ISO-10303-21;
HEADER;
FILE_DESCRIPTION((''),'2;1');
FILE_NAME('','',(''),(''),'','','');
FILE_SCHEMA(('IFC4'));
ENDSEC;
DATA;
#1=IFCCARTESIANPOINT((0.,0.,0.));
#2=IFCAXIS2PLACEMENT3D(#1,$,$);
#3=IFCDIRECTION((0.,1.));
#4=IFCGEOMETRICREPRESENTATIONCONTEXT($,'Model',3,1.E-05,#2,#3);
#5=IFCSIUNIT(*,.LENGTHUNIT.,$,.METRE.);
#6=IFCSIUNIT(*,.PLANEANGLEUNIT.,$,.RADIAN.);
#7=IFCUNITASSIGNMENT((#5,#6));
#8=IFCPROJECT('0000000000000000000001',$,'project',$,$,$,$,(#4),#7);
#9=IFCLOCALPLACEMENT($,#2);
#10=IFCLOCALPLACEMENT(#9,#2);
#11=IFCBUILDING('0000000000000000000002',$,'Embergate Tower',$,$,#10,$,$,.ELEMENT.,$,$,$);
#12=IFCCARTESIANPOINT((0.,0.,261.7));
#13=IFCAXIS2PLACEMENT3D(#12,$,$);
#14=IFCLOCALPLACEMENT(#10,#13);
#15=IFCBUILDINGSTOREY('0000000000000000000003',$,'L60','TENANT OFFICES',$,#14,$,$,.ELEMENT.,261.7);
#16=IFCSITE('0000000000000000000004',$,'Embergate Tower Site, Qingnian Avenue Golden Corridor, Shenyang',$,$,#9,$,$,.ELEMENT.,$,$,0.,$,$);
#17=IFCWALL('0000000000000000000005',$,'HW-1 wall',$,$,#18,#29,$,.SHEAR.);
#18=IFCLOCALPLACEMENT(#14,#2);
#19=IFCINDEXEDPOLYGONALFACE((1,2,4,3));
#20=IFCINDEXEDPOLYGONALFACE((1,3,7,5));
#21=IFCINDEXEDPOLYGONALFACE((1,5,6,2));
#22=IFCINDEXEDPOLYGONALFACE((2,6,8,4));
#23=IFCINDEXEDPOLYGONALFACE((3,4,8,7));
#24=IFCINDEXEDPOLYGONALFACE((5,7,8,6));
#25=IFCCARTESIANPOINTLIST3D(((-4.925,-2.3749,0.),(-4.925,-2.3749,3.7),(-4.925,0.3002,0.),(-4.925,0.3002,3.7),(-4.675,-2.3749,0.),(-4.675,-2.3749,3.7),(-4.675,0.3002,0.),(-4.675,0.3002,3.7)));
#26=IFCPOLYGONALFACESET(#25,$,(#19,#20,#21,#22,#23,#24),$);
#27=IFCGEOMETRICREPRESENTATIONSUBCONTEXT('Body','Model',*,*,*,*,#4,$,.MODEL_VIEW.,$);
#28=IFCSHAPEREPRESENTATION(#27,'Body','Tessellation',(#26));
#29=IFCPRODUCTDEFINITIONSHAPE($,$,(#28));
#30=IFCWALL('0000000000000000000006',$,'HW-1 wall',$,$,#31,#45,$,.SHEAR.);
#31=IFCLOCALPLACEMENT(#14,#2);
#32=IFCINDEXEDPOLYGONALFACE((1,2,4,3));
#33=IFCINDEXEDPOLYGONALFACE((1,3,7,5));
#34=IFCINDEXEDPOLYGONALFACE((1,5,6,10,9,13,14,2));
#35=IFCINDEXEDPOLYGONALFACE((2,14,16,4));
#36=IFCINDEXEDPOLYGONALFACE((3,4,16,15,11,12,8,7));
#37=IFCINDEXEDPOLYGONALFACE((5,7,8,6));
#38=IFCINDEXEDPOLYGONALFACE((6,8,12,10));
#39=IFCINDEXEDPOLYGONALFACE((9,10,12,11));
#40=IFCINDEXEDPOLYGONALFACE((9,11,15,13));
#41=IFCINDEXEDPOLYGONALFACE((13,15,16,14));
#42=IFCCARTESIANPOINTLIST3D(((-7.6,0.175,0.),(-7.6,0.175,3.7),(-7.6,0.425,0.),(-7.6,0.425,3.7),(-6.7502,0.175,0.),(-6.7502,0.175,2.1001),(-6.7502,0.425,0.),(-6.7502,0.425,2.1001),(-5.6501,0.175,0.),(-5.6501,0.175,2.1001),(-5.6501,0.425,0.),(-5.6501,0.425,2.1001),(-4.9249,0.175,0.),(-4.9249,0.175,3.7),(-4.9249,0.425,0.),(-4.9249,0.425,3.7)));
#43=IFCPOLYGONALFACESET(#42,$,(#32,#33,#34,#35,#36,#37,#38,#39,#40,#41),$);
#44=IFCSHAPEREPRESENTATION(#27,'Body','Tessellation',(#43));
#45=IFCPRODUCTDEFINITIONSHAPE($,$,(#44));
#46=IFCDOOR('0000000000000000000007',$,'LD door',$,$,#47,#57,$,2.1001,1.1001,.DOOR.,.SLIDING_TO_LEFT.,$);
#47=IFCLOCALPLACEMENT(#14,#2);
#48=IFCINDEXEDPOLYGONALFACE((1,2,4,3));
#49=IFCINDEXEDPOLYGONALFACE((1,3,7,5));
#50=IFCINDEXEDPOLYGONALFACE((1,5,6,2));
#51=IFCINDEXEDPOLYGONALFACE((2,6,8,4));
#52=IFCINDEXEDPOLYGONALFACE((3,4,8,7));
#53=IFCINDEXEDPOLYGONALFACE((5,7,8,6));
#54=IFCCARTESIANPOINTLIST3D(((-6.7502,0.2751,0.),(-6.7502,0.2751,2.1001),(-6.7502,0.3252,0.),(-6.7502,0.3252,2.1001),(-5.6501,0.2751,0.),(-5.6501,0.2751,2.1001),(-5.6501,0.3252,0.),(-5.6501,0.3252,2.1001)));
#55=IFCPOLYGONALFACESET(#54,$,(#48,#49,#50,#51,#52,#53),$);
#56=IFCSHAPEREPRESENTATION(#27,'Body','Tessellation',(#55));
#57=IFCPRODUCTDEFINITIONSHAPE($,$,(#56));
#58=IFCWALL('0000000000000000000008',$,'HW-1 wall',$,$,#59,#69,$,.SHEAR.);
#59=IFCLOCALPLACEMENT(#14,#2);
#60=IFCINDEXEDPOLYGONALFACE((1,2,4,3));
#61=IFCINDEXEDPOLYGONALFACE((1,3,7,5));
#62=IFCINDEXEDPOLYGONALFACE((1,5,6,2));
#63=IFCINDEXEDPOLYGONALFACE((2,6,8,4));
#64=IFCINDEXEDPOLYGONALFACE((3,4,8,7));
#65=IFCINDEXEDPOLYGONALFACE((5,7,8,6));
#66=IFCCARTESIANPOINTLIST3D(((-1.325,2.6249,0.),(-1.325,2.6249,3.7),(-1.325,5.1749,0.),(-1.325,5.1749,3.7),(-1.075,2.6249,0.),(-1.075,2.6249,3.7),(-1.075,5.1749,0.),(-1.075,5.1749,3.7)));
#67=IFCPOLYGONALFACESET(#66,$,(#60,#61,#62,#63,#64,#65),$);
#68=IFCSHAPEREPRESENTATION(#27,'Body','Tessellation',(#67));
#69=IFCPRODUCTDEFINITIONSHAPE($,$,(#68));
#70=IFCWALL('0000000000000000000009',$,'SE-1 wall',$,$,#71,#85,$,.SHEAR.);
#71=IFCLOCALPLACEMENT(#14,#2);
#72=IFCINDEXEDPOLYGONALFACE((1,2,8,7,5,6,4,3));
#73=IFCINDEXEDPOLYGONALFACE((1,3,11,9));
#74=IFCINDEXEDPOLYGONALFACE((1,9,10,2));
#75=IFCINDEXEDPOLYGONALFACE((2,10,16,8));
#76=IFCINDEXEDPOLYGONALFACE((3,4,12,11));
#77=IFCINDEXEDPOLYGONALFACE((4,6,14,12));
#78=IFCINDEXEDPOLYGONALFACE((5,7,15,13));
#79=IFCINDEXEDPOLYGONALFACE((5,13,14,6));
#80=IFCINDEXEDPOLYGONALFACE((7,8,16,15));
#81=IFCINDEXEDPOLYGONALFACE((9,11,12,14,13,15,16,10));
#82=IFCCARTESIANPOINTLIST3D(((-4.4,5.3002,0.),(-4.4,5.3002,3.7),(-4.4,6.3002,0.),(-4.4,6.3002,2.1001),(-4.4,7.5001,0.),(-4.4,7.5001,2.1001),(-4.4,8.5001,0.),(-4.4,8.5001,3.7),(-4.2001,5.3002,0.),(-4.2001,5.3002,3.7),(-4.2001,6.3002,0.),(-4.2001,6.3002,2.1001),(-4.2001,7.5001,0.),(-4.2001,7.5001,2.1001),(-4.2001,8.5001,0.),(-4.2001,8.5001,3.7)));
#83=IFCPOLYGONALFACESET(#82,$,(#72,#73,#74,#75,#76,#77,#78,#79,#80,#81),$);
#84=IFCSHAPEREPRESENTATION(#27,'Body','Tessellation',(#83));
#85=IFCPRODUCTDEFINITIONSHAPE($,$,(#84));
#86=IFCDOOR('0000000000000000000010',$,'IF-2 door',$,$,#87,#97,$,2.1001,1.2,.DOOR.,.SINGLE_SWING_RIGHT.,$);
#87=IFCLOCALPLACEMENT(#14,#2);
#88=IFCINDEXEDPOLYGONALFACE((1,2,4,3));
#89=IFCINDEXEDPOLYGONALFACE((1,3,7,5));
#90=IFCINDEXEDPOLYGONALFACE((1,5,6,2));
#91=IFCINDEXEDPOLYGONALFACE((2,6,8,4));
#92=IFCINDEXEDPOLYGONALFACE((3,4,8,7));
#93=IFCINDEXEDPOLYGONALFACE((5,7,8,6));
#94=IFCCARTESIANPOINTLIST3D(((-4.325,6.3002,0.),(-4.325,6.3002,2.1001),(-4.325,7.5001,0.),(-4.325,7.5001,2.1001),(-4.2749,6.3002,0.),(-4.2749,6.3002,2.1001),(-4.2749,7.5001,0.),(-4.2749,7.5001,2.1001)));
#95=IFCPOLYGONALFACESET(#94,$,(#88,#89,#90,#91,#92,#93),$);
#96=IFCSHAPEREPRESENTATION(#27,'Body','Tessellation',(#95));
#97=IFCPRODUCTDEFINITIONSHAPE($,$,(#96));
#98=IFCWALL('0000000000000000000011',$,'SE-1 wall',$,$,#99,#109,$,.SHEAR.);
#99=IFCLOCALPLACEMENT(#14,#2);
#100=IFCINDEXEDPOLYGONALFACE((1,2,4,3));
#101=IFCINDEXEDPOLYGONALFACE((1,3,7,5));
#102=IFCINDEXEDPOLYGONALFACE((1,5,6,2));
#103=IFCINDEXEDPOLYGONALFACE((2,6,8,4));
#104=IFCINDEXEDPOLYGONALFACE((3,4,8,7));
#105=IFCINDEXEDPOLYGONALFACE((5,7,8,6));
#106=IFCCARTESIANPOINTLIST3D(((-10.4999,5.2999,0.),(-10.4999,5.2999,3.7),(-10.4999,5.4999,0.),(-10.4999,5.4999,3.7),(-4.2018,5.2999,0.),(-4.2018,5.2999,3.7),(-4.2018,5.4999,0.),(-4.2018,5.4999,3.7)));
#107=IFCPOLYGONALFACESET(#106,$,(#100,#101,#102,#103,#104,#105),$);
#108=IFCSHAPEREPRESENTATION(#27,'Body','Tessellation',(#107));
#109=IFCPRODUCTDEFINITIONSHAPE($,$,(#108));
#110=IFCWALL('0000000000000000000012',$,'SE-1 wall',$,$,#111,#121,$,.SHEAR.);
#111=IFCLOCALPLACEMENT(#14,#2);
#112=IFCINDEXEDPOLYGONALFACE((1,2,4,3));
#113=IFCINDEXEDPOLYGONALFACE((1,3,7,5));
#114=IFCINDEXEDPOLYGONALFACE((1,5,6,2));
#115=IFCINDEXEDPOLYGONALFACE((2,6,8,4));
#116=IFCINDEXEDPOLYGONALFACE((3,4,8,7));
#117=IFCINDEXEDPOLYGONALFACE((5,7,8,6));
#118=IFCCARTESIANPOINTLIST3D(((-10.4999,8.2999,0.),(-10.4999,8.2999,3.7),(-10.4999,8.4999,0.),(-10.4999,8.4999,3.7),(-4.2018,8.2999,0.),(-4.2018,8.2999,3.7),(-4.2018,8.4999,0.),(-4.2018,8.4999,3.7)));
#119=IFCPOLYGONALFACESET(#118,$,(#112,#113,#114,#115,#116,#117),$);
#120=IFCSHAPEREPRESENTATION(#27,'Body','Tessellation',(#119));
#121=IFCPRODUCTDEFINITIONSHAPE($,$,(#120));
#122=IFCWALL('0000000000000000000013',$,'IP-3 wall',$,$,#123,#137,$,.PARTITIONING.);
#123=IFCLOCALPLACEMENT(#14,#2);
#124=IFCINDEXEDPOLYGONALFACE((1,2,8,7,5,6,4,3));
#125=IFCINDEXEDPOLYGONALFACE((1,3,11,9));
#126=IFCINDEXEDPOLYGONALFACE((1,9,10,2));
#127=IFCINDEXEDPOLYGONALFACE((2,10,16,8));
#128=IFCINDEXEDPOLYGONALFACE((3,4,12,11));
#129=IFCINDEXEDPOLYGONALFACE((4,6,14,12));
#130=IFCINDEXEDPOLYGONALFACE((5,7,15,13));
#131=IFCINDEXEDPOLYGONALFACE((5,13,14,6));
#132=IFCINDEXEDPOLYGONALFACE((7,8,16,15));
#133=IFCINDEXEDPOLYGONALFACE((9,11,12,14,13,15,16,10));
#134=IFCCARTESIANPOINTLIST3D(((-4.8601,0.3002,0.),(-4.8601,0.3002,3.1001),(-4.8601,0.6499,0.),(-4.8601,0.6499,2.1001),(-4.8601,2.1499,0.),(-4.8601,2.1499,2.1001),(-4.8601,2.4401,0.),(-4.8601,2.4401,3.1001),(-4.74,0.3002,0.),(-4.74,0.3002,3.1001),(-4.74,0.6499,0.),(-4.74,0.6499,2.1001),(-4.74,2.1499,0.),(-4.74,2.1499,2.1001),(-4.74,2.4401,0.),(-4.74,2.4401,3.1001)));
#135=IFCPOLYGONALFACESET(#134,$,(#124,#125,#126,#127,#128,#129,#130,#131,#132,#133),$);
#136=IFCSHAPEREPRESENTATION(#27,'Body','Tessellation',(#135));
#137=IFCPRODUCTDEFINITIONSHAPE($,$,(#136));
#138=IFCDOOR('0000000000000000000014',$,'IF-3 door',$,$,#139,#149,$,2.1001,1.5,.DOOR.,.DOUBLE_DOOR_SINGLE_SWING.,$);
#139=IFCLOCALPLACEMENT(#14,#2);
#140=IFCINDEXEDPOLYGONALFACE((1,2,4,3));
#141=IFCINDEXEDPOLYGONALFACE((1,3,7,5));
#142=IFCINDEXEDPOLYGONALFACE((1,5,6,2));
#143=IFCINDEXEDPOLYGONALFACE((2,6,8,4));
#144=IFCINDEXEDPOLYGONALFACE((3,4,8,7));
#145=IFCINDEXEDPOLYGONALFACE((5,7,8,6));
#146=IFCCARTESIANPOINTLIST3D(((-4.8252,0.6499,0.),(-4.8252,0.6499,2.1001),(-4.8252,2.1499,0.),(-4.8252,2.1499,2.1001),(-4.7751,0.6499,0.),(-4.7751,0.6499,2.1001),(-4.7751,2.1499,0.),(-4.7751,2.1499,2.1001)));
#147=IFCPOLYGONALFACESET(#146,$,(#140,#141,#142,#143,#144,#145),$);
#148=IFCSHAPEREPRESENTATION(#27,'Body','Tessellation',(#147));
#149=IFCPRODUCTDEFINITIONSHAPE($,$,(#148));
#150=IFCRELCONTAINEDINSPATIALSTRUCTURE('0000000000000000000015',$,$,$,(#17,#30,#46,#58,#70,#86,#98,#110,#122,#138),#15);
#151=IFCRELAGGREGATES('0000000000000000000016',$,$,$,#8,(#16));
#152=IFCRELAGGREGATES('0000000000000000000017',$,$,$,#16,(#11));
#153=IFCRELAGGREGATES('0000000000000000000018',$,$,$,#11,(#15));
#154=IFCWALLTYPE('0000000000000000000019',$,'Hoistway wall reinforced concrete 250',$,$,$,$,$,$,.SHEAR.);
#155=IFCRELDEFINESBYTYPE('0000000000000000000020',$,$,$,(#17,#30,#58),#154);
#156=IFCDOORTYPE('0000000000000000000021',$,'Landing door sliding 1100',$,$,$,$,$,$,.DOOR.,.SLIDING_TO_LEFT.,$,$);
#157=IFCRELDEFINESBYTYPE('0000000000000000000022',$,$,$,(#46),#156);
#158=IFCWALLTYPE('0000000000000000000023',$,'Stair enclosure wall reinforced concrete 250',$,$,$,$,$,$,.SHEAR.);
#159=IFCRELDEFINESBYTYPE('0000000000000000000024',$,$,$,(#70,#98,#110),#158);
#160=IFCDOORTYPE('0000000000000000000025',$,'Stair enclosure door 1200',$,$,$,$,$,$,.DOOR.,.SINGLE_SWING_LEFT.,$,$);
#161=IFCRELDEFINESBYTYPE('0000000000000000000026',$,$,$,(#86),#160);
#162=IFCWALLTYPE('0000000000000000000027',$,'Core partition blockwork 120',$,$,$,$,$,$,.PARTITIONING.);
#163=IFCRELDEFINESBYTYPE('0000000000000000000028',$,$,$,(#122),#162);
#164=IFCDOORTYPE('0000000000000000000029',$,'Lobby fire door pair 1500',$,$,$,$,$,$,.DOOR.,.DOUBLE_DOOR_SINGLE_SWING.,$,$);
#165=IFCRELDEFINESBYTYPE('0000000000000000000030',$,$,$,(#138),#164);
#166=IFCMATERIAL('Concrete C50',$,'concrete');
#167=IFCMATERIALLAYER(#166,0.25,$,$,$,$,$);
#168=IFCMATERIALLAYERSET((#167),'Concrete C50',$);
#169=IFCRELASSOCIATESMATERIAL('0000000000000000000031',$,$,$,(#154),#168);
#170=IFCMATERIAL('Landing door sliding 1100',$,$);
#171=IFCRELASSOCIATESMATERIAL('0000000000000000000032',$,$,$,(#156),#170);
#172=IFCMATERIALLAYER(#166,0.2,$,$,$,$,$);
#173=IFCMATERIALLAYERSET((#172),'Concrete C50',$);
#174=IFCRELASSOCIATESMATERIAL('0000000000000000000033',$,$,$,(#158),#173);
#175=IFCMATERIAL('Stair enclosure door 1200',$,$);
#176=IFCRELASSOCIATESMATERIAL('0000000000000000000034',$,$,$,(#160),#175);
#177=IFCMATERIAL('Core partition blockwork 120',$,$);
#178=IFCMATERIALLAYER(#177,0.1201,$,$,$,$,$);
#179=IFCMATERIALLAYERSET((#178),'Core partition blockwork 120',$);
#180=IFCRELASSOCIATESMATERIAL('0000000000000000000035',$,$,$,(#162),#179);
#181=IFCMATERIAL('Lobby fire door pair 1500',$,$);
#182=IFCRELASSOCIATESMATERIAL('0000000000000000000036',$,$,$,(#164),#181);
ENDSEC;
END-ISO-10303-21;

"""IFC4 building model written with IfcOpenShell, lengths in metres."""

from ifc_helpers import new_model, si_unit, direction, frame, frame_2d, origin, place, context, subcontext, project, spatial, rectangle, extrude, source, transform, mapped, material, layer, layer_set, type_object, element, fill, save


model = new_model("IFC4")

# Units and contexts
model_context = context("Model", 3, precision=1e-05, world=origin(), true_north=direction((0.0, 1.0)))
body_context = subcontext(model_context, "Body", "Model", "MODEL_VIEW")
ifc_project = project(units=[si_unit("LENGTHUNIT", "METRE"), si_unit("PLANEANGLEUNIT", "RADIAN")], contexts=[model_context])

# Site, building, storey
site_placement = place(None, origin())
site = spatial("IfcSite", under=ifc_project, at=site_placement, Name="Embergate Tower Site, Qingnian Avenue Golden Corridor, Shenyang", CompositionType="ELEMENT", RefElevation=0.0)
building_placement = place(site_placement, origin())
building = spatial("IfcBuilding", under=site, at=building_placement, Name="Embergate Tower", CompositionType="ELEMENT")
storey_placement = place(building_placement, frame((0.0, 0.0, 261.7)))
storey = spatial("IfcBuildingStorey", under=building, at=storey_placement, Name="L60", Description="TENANT OFFICES", CompositionType="ELEMENT", Elevation=261.7)

# Wall
ifc_material_1 = material(Name="Concrete C50", Category="concrete")
ifc_layer_1 = layer(ifc_material_1, 0.25)
ifc_layer_set_1 = layer_set([ifc_layer_1], Name="Concrete C50")
wall_type_1 = type_object("IfcWallType", Name="Hoistway wall reinforced concrete 250", PredefinedType="SHEAR", material=ifc_layer_set_1)
shared_shape_1 = source(origin(), body_context, "Body", "SweptSolid", [
    extrude(rectangle(XDim=2.675, YDim=0.25, at=frame_2d((1.3374, 0.0))), origin(), (0.0, 0.0, 1.0), 3.7),
])
wall_1_placement = place(storey_placement, frame((-4.8, 0.3, 0.0), z_axis=(0.0, 0.0, 1.0), x_axis=(0.0, -1.0, 0.0)))
element("IfcWall", 1, at=wall_1_placement, inside=storey, type_object=wall_type_1, Name="HW-1 wall", PredefinedType="SHEAR", context=body_context, shape_type="MappedRepresentation", body=[
    mapped(shared_shape_1, transform((0.0, 0.0, 0.0))),
])

# Wall, opening, door
wall_2_placement = place(storey_placement, frame((-4.925, 0.3, 0.0), z_axis=(0.0, 0.0, 1.0), x_axis=(-1.0, 0.0, 0.0)))
wall_2 = element("IfcWall", 2, at=wall_2_placement, inside=storey, type_object=wall_type_1, Name="HW-1 wall", PredefinedType="SHEAR", context=body_context, shape_type="MappedRepresentation", body=[
    mapped(shared_shape_1, transform((0.0, 0.0, 0.0))),
])
shared_shape_2 = source(origin(), body_context, "Body", "SweptSolid", [
    extrude(rectangle(XDim=1.1001, YDim=2.1001, at=frame_2d((0.55, 1.05))), frame((0.0, 0.135, 0.0), z_axis=(0.0, -1.0, 0.0), x_axis=(1.0, 0.0, 0.0)), (0.0, 0.0, 1.0), 0.27),
])
opening_1_placement = place(wall_2_placement, frame((0.7251, 0.0, 0.0)))
opening_1 = element("IfcOpeningElement", 3, at=opening_1_placement, cuts=wall_2, PredefinedType="OPENING", context=body_context, shape_type="MappedRepresentation", body=[
    mapped(shared_shape_2, transform((0.0, 0.0, 0.0))),
])
ifc_material_2 = material(Name="Landing door sliding 1100")
door_type_1 = type_object("IfcDoorType", Name="Landing door sliding 1100", OperationType="SLIDING_TO_LEFT", PredefinedType="DOOR", material=ifc_material_2)
shared_shape_3 = source(origin(), body_context, "Body", "SweptSolid", [
    extrude(rectangle(XDim=1.1001, YDim=2.1001, at=frame_2d((0.55, 1.05))), frame((0.0, 0.0249, 0.0), z_axis=(0.0, -1.0, 0.0), x_axis=(1.0, 0.0, 0.0)), (0.0, 0.0, 1.0), 0.05),
])
door_1_placement = place(opening_1_placement, origin())
door_1 = element("IfcDoor", 4, at=door_1_placement, inside=storey, type_object=door_type_1, Name="LD door", OperationType="SLIDING_TO_LEFT", OverallHeight=2.1001, OverallWidth=1.1001, PredefinedType="DOOR", context=body_context, shape_type="MappedRepresentation", body=[
    mapped(shared_shape_3, transform((0.0, 0.0, 0.0))),
])
fill(opening_1, door_1)

# Wall
shared_shape_4 = source(origin(), body_context, "Body", "SweptSolid", [
    extrude(rectangle(XDim=2.55, YDim=0.25, at=frame_2d((1.2749, 0.0))), origin(), (0.0, 0.0, 1.0), 3.7),
])
wall_3_placement = place(storey_placement, frame((-1.2, 2.625, 0.0), z_axis=(0.0, 0.0, 1.0), x_axis=(0.0, 1.0, 0.0)))
element("IfcWall", 5, at=wall_3_placement, inside=storey, type_object=wall_type_1, Name="HW-1 wall", PredefinedType="SHEAR", context=body_context, shape_type="MappedRepresentation", body=[
    mapped(shared_shape_4, transform((0.0, 0.0, 0.0))),
])

# Wall, opening, door
ifc_layer_2 = layer(ifc_material_1, 0.2)
ifc_layer_set_2 = layer_set([ifc_layer_2], Name="Concrete C50")
wall_type_2 = type_object("IfcWallType", Name="Stair enclosure wall reinforced concrete 250", PredefinedType="SHEAR", material=ifc_layer_set_2)
shared_shape_5 = source(origin(), body_context, "Body", "SweptSolid", [
    extrude(rectangle(XDim=3.2, YDim=0.2, at=frame_2d((1.6001, 0.0))), origin(), (0.0, 0.0, 1.0), 3.7),
])
wall_4_placement = place(storey_placement, frame((-4.3, 5.3, 0.0), z_axis=(0.0, 0.0, 1.0), x_axis=(0.0, 1.0, 0.0)))
wall_4 = element("IfcWall", 6, at=wall_4_placement, inside=storey, type_object=wall_type_2, Name="SE-1 wall", PredefinedType="SHEAR", context=body_context, shape_type="MappedRepresentation", body=[
    mapped(shared_shape_5, transform((0.0, 0.0, 0.0))),
])
shared_shape_6 = source(origin(), body_context, "Body", "SweptSolid", [
    extrude(rectangle(XDim=1.2, YDim=2.1001, at=frame_2d((0.6001, 1.05))), frame((0.0, 0.1099, 0.0), z_axis=(0.0, -1.0, 0.0), x_axis=(1.0, 0.0, 0.0)), (0.0, 0.0, 1.0), 0.22),
])
opening_2_placement = place(wall_4_placement, frame((1.0, 0.0, 0.0)))
opening_2 = element("IfcOpeningElement", 7, at=opening_2_placement, cuts=wall_4, PredefinedType="OPENING", context=body_context, shape_type="MappedRepresentation", body=[
    mapped(shared_shape_6, transform((0.0, 0.0, 0.0))),
])
ifc_material_3 = material(Name="Stair enclosure door 1200")
door_type_2 = type_object("IfcDoorType", Name="Stair enclosure door 1200", OperationType="SINGLE_SWING_LEFT", PredefinedType="DOOR", material=ifc_material_3)
shared_shape_7 = source(origin(), body_context, "Body", "SweptSolid", [
    extrude(rectangle(XDim=1.2, YDim=2.1001, at=frame_2d((0.6001, 1.05))), frame((0.0, 0.0249, 0.0), z_axis=(0.0, -1.0, 0.0), x_axis=(1.0, 0.0, 0.0)), (0.0, 0.0, 1.0), 0.05),
])
door_2_placement = place(opening_2_placement, origin())
door_2 = element("IfcDoor", 8, at=door_2_placement, inside=storey, type_object=door_type_2, Name="IF-2 door", OperationType="SINGLE_SWING_RIGHT", OverallHeight=2.1001, OverallWidth=1.2, PredefinedType="DOOR", context=body_context, shape_type="MappedRepresentation", body=[
    mapped(shared_shape_7, transform((0.0, 0.0, 0.0))),
])
fill(opening_2, door_2)

# Walls
shared_shape_8 = source(origin(), body_context, "Body", "SweptSolid", [
    extrude(rectangle(XDim=6.2981, YDim=0.2, at=frame_2d((3.1489, 0.0))), origin(), (0.0, 0.0, 1.0), 3.7),
])
for number, where, z_axis, x_axis, name in (
    (9, (-4.2019, 5.3999, 0.0), (0.0, 0.0, 1.0), (-1.0, 0.0, 0.0), "SE-1 wall"),
    (10, (-4.2019, 8.3999, 0.0), (0.0, 0.0, 1.0), (-1.0, 0.0, 0.0), "SE-1 wall"),
):
    element("IfcWall", number, at=place(storey_placement, frame(where, z_axis=z_axis, x_axis=x_axis)), inside=storey, type_object=wall_type_2, Name=name, PredefinedType="SHEAR", context=body_context, shape_type="MappedRepresentation", body=[
        mapped(shared_shape_8, transform((0.0, 0.0, 0.0))),
    ])

# Wall, opening, door
ifc_material_4 = material(Name="Core partition blockwork 120")
ifc_layer_3 = layer(ifc_material_4, 0.1201)
ifc_layer_set_3 = layer_set([ifc_layer_3], Name="Core partition blockwork 120")
wall_type_3 = type_object("IfcWallType", Name="Core partition blockwork 120", PredefinedType="PARTITIONING", material=ifc_layer_set_3)
shared_shape_9 = source(origin(), body_context, "Body", "SweptSolid", [
    extrude(rectangle(XDim=2.1399, YDim=0.1201, at=frame_2d((1.0698, 0.0))), origin(), (0.0, 0.0, 1.0), 3.1001),
])
wall_5_placement = place(storey_placement, frame((-4.8, 2.4399, 0.0), z_axis=(0.0, 0.0, 1.0), x_axis=(0.0, -1.0, 0.0)))
wall_5 = element("IfcWall", 11, at=wall_5_placement, inside=storey, type_object=wall_type_3, Name="IP-3 wall", PredefinedType="PARTITIONING", context=body_context, shape_type="MappedRepresentation", body=[
    mapped(shared_shape_9, transform((0.0, 0.0, 0.0))),
])
shared_shape_10 = source(origin(), body_context, "Body", "SweptSolid", [
    extrude(rectangle(XDim=1.5, YDim=2.1001, at=frame_2d((0.75, 1.05))), frame((0.0, 0.0701, 0.0), z_axis=(0.0, -1.0, 0.0), x_axis=(1.0, 0.0, 0.0)), (0.0, 0.0, 1.0), 0.1401),
])
opening_3_placement = place(wall_5_placement, frame((0.29, 0.0, 0.0)))
opening_3 = element("IfcOpeningElement", 12, at=opening_3_placement, cuts=wall_5, PredefinedType="OPENING", context=body_context, shape_type="MappedRepresentation", body=[
    mapped(shared_shape_10, transform((0.0, 0.0, 0.0))),
])
ifc_material_5 = material(Name="Lobby fire door pair 1500")
door_type_3 = type_object("IfcDoorType", Name="Lobby fire door pair 1500", OperationType="DOUBLE_DOOR_SINGLE_SWING", PredefinedType="DOOR", material=ifc_material_5)
shared_shape_11 = source(origin(), body_context, "Body", "SweptSolid", [
    extrude(rectangle(XDim=1.5, YDim=2.1001, at=frame_2d((0.75, 1.05))), frame((0.0, 0.0249, 0.0), z_axis=(0.0, -1.0, 0.0), x_axis=(1.0, 0.0, 0.0)), (0.0, 0.0, 1.0), 0.05),
])
door_3_placement = place(opening_3_placement, origin())
door_3 = element("IfcDoor", 13, at=door_3_placement, inside=storey, type_object=door_type_3, Name="IF-3 door", OperationType="DOUBLE_DOOR_SINGLE_SWING", OverallHeight=2.1001, OverallWidth=1.5, PredefinedType="DOOR", context=body_context, shape_type="MappedRepresentation", body=[
    mapped(shared_shape_11, transform((0.0, 0.0, 0.0))),
])
fill(opening_3, door_3)

save(model, "model.ifc")
